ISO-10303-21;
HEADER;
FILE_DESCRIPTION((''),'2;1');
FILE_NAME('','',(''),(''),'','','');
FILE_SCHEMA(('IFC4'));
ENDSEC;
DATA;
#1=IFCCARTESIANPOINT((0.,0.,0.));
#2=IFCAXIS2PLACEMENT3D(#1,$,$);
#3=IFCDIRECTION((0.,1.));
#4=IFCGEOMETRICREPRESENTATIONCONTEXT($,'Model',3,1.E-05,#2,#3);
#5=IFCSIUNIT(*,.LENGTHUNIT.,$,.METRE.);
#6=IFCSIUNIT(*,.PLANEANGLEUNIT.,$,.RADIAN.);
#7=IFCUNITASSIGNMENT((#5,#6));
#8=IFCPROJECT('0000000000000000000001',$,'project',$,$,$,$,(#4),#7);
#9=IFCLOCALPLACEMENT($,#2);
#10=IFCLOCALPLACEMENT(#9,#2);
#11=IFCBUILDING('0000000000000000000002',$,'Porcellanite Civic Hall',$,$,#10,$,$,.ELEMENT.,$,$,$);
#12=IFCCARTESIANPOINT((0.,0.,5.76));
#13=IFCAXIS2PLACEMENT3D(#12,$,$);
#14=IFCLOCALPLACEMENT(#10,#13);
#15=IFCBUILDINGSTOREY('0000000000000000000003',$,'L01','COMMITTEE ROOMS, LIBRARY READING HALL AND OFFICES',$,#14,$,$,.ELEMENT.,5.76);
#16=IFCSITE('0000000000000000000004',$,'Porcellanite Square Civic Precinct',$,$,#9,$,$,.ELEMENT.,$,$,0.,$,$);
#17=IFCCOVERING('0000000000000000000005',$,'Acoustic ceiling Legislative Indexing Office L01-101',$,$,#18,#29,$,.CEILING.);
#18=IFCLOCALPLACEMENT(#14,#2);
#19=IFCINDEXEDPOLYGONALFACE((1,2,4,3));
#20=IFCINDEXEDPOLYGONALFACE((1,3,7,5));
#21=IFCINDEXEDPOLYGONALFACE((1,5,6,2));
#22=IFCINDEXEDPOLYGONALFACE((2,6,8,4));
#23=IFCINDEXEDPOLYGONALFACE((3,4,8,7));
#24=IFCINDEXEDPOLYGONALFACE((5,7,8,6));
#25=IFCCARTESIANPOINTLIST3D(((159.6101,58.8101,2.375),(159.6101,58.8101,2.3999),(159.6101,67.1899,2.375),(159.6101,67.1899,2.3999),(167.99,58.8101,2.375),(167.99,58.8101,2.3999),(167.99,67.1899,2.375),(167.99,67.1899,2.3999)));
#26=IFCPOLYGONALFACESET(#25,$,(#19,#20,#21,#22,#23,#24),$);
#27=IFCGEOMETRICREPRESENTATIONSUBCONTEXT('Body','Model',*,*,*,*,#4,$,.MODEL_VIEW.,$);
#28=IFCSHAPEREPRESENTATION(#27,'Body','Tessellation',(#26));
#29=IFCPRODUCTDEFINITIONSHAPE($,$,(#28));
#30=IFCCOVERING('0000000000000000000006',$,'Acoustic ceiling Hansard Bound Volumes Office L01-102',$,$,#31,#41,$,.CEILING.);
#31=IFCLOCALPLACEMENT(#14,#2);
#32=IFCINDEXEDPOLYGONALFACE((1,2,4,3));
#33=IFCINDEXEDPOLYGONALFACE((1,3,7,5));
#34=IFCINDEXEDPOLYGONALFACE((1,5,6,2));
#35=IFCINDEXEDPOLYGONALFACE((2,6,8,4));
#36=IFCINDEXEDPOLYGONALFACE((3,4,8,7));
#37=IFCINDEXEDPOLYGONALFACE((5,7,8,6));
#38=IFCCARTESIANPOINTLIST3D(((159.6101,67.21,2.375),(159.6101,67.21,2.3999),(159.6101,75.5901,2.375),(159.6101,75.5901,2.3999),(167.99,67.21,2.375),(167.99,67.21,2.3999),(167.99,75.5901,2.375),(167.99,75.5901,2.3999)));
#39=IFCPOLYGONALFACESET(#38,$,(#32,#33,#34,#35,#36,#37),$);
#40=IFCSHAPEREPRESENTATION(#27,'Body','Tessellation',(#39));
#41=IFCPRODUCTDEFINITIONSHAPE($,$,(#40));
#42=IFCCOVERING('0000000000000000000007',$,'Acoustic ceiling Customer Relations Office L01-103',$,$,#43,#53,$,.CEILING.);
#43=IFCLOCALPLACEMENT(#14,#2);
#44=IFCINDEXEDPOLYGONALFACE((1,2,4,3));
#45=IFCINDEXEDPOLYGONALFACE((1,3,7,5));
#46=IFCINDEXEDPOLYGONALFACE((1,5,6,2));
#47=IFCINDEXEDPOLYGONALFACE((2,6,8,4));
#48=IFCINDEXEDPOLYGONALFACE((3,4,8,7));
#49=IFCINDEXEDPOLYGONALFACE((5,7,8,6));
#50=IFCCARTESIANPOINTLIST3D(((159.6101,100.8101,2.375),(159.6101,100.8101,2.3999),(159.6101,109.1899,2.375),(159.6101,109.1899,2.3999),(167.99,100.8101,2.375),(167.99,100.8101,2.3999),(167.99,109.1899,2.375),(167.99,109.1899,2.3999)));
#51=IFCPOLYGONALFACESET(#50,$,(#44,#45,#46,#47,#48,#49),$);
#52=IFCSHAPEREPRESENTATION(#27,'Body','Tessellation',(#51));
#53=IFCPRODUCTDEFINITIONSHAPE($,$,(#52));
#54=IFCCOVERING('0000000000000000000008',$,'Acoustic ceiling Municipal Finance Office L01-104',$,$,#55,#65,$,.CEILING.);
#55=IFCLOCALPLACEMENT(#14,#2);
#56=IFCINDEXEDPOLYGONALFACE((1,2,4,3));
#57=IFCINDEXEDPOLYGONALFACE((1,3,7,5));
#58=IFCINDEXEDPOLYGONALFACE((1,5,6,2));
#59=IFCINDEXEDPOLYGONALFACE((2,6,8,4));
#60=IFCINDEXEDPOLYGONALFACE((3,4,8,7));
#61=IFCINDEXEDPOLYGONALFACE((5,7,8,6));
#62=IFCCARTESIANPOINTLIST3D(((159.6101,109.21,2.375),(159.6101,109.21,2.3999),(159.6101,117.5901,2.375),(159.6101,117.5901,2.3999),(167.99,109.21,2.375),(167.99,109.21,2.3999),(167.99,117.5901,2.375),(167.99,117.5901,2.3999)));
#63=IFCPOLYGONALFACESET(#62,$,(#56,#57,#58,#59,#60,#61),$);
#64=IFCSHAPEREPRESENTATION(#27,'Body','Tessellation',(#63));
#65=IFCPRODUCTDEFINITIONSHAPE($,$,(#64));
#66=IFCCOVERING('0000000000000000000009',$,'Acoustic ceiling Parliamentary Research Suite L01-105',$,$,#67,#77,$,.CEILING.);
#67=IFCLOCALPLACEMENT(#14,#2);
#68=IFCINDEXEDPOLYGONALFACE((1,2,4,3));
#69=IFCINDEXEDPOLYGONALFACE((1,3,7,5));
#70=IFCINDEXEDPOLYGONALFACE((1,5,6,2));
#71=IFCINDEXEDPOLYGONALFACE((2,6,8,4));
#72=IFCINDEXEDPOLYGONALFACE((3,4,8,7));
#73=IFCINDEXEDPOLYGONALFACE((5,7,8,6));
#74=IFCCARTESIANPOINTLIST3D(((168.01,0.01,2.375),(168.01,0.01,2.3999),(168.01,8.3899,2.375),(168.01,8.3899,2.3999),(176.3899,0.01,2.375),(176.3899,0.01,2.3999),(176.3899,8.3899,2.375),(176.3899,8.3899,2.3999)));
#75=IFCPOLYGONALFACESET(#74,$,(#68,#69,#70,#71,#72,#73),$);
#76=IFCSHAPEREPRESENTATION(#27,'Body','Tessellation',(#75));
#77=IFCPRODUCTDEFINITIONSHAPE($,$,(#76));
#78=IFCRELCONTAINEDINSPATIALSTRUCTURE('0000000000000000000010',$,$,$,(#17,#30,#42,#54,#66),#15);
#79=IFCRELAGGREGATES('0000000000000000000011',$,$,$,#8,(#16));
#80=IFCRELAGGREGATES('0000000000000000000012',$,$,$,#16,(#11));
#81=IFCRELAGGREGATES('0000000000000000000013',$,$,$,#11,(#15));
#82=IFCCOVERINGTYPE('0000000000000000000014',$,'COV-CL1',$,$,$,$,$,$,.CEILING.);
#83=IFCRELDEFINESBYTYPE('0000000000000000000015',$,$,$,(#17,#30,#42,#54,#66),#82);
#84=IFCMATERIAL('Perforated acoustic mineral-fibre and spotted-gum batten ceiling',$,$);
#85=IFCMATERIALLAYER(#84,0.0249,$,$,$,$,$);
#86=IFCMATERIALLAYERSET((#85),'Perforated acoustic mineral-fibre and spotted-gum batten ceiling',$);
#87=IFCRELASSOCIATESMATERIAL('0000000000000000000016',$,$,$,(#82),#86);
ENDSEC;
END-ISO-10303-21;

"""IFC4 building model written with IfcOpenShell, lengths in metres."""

from ifc_helpers import new_model, si_unit, direction, frame, origin, place, context, subcontext, project, spatial, polyline, outline, extrude, material, layer, layer_set, type_object, element, save


model = new_model("IFC4")

# Units and contexts
model_context = context("Model", 3, precision=1e-05, world=origin(), true_north=direction((0.0, 1.0)))
body_context = subcontext(model_context, "Body", "Model", "MODEL_VIEW")
ifc_project = project(units=[si_unit("LENGTHUNIT", "METRE"), si_unit("PLANEANGLEUNIT", "RADIAN")], contexts=[model_context])

# Site, building, storey
site_placement = place(None, origin())
site = spatial("IfcSite", under=ifc_project, at=site_placement, Name="Porcellanite Square Civic Precinct", CompositionType="ELEMENT", RefElevation=0.0)
building_placement = place(site_placement, origin())
building = spatial("IfcBuilding", under=site, at=building_placement, Name="Porcellanite Civic Hall", CompositionType="ELEMENT")
storey_placement = place(building_placement, frame((0.0, 0.0, 5.76)))
storey = spatial("IfcBuildingStorey", under=building, at=storey_placement, Name="L01", Description="COMMITTEE ROOMS, LIBRARY READING HALL AND OFFICES", CompositionType="ELEMENT", Elevation=5.76)

# Coverings
ifc_material = material(Name="Perforated acoustic mineral-fibre and spotted-gum batten ceiling")
ifc_layer = layer(ifc_material, 0.0249)
ifc_layer_set = layer_set([ifc_layer], Name="Perforated acoustic mineral-fibre and spotted-gum batten ceiling")
covering_type = type_object("IfcCoveringType", Name="COV-CL1", PredefinedType="CEILING", material=ifc_layer_set)
covering_1_placement = place(storey_placement, frame((0.0, 0.0, 2.375)))
element("IfcCovering", 1, at=covering_1_placement, inside=storey, type_object=covering_type, Name="Acoustic ceiling Legislative Indexing Office L01-101", PredefinedType="CEILING", context=body_context, shape_type="SweptSolid", body=[
    extrude(outline(polyline([(159.6101, 58.8101), (167.99, 58.8101), (167.99, 67.1899), (159.6101, 67.1899), (159.6101, 58.8101)])), origin(), (0.0, 0.0, 1.0), 0.0249),
])
covering_2_placement = place(storey_placement, frame((0.0, 0.0, 2.375)))
element("IfcCovering", 2, at=covering_2_placement, inside=storey, type_object=covering_type, Name="Acoustic ceiling Hansard Bound Volumes Office L01-102", PredefinedType="CEILING", context=body_context, shape_type="SweptSolid", body=[
    extrude(outline(polyline([(159.6101, 67.21), (167.99, 67.21), (167.99, 75.5901), (159.6101, 75.5901), (159.6101, 67.21)])), origin(), (0.0, 0.0, 1.0), 0.0249),
])
covering_3_placement = place(storey_placement, frame((0.0, 0.0, 2.375)))
element("IfcCovering", 3, at=covering_3_placement, inside=storey, type_object=covering_type, Name="Acoustic ceiling Customer Relations Office L01-103", PredefinedType="CEILING", context=body_context, shape_type="SweptSolid", body=[
    extrude(outline(polyline([(159.6101, 100.8101), (167.99, 100.8101), (167.99, 109.1899), (159.6101, 109.1899), (159.6101, 100.8101)])), origin(), (0.0, 0.0, 1.0), 0.0249),
])
covering_4_placement = place(storey_placement, frame((0.0, 0.0, 2.375)))
element("IfcCovering", 4, at=covering_4_placement, inside=storey, type_object=covering_type, Name="Acoustic ceiling Municipal Finance Office L01-104", PredefinedType="CEILING", context=body_context, shape_type="SweptSolid", body=[
    extrude(outline(polyline([(159.6101, 109.21), (167.99, 109.21), (167.99, 117.5901), (159.6101, 117.5901), (159.6101, 109.21)])), origin(), (0.0, 0.0, 1.0), 0.0249),
])
covering_5_placement = place(storey_placement, frame((0.0, 0.0, 2.375)))
element("IfcCovering", 5, at=covering_5_placement, inside=storey, type_object=covering_type, Name="Acoustic ceiling Parliamentary Research Suite L01-105", PredefinedType="CEILING", context=body_context, shape_type="SweptSolid", body=[
    extrude(outline(polyline([(168.01, 0.01), (176.3899, 0.01), (176.3899, 8.3899), (168.01, 8.3899), (168.01, 0.01)])), origin(), (0.0, 0.0, 1.0), 0.0249),
])

save(model, "model.ifc")
